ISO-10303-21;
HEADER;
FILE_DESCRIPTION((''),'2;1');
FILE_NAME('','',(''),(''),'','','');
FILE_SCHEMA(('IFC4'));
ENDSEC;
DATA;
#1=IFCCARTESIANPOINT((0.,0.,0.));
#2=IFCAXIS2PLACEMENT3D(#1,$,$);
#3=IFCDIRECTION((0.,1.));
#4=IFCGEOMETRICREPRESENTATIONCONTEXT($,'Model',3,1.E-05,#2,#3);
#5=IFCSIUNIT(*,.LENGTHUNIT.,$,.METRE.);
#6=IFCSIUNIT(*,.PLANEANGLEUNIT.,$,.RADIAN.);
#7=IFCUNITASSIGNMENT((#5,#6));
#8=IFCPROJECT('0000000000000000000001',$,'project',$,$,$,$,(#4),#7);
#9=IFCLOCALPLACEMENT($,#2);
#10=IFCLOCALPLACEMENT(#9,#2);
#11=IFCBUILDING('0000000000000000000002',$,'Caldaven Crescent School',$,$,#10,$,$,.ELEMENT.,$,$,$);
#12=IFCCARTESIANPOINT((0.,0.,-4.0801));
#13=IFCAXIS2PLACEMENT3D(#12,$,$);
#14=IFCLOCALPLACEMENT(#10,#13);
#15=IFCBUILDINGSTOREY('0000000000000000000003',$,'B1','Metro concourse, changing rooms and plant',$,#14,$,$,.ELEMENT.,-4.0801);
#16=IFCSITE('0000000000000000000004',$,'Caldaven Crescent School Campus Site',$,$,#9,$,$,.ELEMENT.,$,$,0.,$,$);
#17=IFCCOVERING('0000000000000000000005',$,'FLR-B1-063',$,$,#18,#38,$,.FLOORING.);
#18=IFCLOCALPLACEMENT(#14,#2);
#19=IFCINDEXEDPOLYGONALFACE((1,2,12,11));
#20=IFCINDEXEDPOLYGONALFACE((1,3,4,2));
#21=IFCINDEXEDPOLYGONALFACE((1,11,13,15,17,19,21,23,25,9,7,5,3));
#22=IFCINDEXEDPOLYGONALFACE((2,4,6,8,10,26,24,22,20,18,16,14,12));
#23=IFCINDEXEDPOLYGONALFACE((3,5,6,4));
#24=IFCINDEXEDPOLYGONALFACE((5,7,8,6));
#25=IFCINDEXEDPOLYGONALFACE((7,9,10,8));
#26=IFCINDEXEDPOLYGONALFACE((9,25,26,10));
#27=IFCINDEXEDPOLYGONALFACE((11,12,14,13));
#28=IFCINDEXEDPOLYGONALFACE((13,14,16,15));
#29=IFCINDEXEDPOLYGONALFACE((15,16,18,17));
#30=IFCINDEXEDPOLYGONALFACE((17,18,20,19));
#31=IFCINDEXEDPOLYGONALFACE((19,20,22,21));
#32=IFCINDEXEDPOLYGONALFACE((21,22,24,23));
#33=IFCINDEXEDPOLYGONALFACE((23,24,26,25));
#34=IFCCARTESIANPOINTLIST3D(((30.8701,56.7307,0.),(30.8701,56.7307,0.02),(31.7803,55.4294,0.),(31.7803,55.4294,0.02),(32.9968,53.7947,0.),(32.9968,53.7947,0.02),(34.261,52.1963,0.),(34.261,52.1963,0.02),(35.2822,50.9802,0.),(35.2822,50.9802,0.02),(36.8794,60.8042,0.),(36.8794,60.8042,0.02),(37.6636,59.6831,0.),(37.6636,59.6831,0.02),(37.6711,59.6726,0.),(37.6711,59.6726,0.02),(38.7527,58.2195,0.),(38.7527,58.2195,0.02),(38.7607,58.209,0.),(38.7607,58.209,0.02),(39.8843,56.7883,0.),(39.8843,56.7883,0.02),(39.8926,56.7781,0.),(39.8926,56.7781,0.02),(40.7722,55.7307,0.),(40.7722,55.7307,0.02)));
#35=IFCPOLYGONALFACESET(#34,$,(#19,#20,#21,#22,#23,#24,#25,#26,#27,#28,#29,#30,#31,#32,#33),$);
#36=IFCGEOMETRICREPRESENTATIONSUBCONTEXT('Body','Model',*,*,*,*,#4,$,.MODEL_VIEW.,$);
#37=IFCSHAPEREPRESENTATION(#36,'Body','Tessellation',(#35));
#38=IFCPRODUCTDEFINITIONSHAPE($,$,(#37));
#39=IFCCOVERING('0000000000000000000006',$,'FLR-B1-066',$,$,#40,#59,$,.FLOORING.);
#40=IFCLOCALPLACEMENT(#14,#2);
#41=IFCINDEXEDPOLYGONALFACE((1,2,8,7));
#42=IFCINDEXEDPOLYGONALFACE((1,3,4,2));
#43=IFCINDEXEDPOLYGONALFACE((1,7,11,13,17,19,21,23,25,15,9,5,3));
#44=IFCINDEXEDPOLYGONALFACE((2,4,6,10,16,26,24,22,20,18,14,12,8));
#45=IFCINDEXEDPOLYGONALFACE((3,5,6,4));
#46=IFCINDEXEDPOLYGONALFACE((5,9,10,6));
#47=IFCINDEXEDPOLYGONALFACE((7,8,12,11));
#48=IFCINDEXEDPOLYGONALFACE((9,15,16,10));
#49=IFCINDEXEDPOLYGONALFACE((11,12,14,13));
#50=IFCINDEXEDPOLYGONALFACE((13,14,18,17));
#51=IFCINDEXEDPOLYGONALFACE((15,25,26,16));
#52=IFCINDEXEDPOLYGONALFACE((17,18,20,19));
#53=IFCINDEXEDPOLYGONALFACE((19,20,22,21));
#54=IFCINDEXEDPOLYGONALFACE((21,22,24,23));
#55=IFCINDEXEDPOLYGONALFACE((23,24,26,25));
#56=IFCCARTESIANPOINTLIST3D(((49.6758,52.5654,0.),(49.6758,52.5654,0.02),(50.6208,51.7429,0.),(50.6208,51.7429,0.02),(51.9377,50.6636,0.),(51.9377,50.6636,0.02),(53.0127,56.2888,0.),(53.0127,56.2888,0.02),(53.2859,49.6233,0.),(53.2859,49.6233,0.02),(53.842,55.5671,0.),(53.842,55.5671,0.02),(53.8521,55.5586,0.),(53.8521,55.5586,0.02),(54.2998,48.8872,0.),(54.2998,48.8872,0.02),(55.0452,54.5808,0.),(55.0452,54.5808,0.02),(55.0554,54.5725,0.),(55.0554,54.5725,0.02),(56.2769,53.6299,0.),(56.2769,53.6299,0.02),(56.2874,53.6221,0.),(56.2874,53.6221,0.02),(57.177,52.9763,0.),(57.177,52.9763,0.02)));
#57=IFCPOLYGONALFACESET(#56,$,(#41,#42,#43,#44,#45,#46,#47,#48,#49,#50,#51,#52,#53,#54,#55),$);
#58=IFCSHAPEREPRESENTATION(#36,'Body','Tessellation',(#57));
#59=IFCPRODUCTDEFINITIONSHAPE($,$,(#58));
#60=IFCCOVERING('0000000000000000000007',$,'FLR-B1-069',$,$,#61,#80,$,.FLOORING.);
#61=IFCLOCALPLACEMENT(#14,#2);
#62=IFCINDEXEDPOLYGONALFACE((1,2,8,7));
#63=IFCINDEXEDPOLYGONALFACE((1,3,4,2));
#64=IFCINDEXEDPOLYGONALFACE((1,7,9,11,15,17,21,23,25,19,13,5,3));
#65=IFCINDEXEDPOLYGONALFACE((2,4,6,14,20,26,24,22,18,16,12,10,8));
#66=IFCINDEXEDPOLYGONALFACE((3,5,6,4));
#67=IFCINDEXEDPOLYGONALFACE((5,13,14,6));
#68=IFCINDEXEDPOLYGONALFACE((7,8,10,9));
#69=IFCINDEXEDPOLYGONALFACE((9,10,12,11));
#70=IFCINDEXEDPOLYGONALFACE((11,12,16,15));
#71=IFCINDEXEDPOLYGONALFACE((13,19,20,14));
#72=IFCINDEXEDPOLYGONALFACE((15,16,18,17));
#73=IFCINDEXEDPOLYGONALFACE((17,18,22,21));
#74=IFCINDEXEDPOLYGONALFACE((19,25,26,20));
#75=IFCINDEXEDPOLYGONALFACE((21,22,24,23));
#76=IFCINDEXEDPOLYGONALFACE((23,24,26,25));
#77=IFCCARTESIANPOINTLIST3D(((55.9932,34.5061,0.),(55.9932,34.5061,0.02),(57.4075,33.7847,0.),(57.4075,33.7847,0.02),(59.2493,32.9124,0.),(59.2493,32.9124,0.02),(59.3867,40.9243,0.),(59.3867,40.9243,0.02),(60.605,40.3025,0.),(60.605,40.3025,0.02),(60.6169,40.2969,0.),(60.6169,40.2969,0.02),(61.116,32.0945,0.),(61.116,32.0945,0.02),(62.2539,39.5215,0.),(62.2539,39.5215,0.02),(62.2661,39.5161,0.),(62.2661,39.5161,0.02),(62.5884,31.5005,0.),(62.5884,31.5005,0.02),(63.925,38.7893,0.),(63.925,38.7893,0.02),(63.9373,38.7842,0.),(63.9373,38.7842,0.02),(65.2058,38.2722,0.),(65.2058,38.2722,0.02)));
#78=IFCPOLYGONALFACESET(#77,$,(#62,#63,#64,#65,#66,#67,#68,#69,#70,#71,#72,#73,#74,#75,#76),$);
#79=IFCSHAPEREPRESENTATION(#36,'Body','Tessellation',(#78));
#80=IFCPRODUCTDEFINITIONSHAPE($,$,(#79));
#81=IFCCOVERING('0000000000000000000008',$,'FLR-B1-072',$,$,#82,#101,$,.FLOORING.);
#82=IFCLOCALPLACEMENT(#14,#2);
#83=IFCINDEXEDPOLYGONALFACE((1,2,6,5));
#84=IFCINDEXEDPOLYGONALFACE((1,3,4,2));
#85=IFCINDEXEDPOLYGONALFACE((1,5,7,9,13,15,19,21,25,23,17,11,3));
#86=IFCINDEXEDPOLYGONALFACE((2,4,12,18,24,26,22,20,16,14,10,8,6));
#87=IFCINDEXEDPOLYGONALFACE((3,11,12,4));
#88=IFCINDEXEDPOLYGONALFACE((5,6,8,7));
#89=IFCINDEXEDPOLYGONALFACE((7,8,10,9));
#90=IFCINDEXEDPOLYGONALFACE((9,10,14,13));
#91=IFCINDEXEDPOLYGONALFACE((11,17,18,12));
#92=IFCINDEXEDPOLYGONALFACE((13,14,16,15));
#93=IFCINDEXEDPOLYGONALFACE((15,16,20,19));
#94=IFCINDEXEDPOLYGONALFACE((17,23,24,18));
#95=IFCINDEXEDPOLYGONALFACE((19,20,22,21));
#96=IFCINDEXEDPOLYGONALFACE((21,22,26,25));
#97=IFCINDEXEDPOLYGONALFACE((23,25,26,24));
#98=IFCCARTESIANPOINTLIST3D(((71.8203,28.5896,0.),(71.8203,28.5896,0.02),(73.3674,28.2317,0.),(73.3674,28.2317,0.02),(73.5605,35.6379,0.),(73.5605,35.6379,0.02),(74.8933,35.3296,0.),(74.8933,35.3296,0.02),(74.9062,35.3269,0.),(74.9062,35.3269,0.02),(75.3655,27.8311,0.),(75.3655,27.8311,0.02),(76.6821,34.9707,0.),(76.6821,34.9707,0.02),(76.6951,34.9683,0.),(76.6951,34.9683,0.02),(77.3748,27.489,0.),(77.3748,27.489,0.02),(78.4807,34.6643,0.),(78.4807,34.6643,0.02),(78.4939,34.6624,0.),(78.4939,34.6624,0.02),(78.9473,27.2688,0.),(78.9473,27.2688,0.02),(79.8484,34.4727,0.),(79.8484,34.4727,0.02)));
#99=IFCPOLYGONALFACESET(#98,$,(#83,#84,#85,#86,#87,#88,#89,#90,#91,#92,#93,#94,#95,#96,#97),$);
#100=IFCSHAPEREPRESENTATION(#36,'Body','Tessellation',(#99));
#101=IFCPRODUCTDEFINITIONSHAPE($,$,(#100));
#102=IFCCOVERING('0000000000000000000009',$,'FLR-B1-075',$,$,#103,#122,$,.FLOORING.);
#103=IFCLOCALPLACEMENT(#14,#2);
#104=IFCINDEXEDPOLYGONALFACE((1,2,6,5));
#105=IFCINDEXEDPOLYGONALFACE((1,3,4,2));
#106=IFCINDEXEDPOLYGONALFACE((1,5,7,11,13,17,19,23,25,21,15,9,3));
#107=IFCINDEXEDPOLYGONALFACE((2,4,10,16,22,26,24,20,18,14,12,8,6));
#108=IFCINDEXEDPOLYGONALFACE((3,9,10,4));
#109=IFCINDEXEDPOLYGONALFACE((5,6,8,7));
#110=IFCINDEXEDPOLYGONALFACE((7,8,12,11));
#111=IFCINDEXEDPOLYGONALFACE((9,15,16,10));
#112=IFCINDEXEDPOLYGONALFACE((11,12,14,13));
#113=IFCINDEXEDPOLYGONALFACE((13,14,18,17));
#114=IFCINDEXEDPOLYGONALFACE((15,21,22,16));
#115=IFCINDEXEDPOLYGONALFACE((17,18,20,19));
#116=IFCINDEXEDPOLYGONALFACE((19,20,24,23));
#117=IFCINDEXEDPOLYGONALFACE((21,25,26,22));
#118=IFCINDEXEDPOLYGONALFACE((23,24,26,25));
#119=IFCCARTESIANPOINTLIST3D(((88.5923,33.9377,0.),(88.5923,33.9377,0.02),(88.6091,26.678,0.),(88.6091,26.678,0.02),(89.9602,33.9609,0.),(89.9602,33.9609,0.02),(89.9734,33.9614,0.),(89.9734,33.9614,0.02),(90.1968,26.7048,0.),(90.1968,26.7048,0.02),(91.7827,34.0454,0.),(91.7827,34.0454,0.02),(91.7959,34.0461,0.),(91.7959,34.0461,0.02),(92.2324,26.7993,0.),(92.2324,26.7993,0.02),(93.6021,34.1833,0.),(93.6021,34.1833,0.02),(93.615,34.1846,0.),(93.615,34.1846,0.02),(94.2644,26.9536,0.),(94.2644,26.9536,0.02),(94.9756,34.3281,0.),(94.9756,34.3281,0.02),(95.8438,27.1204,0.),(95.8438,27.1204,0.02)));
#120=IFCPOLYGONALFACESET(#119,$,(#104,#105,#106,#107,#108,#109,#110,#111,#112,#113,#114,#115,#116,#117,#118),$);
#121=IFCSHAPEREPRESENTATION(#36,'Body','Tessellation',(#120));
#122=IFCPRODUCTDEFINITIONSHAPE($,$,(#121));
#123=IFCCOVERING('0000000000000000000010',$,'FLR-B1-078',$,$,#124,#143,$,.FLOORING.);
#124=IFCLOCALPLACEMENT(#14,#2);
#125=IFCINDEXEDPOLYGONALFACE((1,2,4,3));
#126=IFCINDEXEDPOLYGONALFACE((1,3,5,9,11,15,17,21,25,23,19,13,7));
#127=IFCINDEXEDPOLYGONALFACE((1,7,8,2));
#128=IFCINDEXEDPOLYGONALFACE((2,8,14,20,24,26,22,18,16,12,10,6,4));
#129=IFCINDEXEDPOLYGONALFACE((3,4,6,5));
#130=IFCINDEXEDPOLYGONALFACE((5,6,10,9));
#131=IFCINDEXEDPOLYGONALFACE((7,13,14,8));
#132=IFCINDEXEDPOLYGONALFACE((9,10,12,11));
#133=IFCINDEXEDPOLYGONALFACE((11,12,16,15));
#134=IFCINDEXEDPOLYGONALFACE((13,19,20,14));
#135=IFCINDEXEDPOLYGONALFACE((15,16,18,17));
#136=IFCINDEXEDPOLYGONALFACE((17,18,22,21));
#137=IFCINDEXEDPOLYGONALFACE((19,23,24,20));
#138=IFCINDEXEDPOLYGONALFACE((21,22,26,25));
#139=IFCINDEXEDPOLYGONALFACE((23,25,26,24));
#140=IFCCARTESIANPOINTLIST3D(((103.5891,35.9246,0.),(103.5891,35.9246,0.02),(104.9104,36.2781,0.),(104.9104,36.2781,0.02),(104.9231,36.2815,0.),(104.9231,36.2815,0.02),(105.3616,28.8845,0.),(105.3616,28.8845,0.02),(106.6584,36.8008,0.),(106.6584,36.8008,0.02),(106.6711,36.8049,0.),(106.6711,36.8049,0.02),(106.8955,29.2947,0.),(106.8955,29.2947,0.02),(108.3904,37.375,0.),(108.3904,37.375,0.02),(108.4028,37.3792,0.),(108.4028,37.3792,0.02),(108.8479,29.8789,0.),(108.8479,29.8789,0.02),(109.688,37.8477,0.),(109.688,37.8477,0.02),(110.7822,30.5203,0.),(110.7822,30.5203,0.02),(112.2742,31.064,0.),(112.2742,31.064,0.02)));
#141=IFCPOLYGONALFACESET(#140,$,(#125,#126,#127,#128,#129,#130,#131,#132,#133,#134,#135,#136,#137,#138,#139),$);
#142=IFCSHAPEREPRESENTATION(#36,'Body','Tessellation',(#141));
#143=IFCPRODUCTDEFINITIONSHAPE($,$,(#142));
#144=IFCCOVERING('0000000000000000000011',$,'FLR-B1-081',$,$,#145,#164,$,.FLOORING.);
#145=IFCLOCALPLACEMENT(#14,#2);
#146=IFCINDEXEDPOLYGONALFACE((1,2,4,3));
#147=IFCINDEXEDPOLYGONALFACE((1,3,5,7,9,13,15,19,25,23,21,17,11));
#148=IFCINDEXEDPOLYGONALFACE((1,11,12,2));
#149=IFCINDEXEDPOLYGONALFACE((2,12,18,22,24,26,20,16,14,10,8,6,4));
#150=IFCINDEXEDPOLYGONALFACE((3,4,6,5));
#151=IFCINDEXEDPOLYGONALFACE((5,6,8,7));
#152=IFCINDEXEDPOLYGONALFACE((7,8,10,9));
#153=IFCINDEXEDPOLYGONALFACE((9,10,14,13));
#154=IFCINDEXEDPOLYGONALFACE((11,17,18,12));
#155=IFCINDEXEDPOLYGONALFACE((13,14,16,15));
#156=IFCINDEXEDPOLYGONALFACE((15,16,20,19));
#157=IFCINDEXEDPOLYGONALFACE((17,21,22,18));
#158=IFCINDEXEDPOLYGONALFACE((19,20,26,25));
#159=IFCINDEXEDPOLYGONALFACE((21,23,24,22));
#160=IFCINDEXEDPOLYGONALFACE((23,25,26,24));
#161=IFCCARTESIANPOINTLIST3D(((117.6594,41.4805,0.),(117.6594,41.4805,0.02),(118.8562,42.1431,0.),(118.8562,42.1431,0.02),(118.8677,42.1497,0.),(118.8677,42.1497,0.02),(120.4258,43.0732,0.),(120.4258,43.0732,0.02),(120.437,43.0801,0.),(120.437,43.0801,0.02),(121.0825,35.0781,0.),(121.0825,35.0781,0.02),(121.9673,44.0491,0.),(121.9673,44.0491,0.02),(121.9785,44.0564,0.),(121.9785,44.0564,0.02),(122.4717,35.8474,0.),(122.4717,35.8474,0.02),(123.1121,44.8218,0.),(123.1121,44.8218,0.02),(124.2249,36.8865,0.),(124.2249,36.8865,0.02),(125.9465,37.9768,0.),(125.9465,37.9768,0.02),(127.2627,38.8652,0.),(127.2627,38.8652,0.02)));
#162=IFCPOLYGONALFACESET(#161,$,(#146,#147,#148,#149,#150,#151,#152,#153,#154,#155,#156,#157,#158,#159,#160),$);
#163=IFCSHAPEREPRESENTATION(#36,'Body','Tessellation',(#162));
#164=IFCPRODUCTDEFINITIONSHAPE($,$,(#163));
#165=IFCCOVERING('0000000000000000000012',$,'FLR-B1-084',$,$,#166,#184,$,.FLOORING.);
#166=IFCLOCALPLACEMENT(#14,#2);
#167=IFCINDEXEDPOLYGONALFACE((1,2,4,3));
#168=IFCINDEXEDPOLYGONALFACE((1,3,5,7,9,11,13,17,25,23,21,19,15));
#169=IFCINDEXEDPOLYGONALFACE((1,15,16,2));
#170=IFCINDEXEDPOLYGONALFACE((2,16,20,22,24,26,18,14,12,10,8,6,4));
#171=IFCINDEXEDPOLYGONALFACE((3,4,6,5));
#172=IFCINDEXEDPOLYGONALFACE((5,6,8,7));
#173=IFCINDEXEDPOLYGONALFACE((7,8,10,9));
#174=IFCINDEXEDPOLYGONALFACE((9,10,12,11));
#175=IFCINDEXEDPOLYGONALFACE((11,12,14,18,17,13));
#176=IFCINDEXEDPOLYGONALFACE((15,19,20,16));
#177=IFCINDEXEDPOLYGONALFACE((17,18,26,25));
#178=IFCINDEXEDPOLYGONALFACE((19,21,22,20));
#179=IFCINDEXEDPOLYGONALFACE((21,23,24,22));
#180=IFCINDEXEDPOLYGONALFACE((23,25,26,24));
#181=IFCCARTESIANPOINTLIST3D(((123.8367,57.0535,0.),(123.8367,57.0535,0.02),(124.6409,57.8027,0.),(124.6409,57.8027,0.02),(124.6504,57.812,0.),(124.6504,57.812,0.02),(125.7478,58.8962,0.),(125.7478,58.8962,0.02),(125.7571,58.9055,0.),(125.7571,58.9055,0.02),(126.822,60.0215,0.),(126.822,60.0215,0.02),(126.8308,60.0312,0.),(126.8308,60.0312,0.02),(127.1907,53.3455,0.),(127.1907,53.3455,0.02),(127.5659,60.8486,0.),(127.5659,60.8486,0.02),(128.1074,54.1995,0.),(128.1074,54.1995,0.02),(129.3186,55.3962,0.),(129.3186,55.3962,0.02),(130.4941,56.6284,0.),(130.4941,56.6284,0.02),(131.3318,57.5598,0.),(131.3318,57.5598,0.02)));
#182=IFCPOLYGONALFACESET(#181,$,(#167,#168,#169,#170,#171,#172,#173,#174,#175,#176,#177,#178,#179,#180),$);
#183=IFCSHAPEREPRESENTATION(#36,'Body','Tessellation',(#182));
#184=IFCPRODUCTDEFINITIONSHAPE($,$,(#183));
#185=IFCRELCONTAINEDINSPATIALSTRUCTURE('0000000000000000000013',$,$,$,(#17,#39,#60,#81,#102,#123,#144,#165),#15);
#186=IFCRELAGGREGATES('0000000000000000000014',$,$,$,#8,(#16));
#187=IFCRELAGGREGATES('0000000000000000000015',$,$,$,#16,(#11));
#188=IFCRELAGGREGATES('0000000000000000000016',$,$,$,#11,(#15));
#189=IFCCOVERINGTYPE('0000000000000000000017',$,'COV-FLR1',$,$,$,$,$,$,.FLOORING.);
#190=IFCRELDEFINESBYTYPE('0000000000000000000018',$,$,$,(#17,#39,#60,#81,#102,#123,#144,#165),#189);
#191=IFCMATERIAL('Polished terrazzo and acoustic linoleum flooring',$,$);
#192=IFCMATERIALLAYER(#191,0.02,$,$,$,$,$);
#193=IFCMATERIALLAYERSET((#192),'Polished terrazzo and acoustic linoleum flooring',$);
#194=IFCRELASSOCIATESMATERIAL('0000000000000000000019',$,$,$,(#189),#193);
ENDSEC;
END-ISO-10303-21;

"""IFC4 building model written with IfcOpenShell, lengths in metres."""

from ifc_helpers import new_model, si_unit, direction, frame, origin, place, context, subcontext, project, spatial, polyline, outline, extrude, material, layer, layer_set, type_object, element, save


model = new_model("IFC4")

# Units and contexts
model_context = context("Model", 3, precision=1e-05, world=origin(), true_north=direction((0.0, 1.0)))
body_context = subcontext(model_context, "Body", "Model", "MODEL_VIEW")
ifc_project = project(units=[si_unit("LENGTHUNIT", "METRE"), si_unit("PLANEANGLEUNIT", "RADIAN")], contexts=[model_context])

# Site, building, storey
site_placement = place(None, origin())
site = spatial("IfcSite", under=ifc_project, at=site_placement, Name="Caldaven Crescent School Campus Site", CompositionType="ELEMENT", RefElevation=0.0)
building_placement = place(site_placement, origin())
building = spatial("IfcBuilding", under=site, at=building_placement, Name="Caldaven Crescent School", CompositionType="ELEMENT")
storey_placement = place(building_placement, frame((0.0, 0.0, -4.0801)))
storey = spatial("IfcBuildingStorey", under=building, at=storey_placement, Name="B1", Description="Metro concourse, changing rooms and plant", CompositionType="ELEMENT", Elevation=-4.0801)

# Coverings
ifc_material = material(Name="Polished terrazzo and acoustic linoleum flooring")
ifc_layer_1 = layer(ifc_material, 0.02)
ifc_layer_set_1 = layer_set([ifc_layer_1], Name="Polished terrazzo and acoustic linoleum flooring")
covering_type_1 = type_object("IfcCoveringType", Name="COV-FLR1", PredefinedType="FLOORING", material=ifc_layer_set_1)
covering_1_placement = place(storey_placement, origin())
element("IfcCovering", 1, at=covering_1_placement, inside=storey, type_object=covering_type_1, Name="FLR-B1-063", PredefinedType="FLOORING", context=body_context, shape_type="SweptSolid", body=[
    extrude(outline(polyline([(36.8794, 60.8042), (37.6636, 59.6831), (37.6711, 59.6726), (38.7527, 58.2195), (38.7607, 58.209), (39.8843, 56.7883), (39.8926, 56.7781), (40.7722, 55.7307), (35.2822, 50.9802), (34.261, 52.1963), (32.9968, 53.7947), (31.7803, 55.4294), (30.8701, 56.7307), (36.8794, 60.8042)])), origin(), (0.0, 0.0, 1.0), 0.02),
])
covering_2_placement = place(storey_placement, origin())
element("IfcCovering", 2, at=covering_2_placement, inside=storey, type_object=covering_type_1, Name="FLR-B1-066", PredefinedType="FLOORING", context=body_context, shape_type="SweptSolid", body=[
    extrude(outline(polyline([(53.0127, 56.2888), (53.842, 55.5671), (53.8521, 55.5586), (55.0452, 54.5808), (55.0554, 54.5725), (56.2769, 53.6299), (56.2874, 53.6221), (57.177, 52.9763), (54.2998, 48.8872), (53.2859, 49.6233), (51.9377, 50.6636), (50.6208, 51.7429), (49.6758, 52.5654), (53.0127, 56.2888)])), origin(), (0.0, 0.0, 1.0), 0.02),
])
covering_3_placement = place(storey_placement, origin())
element("IfcCovering", 3, at=covering_3_placement, inside=storey, type_object=covering_type_1, Name="FLR-B1-069", PredefinedType="FLOORING", context=body_context, shape_type="SweptSolid", body=[
    extrude(outline(polyline([(59.3867, 40.9243), (60.605, 40.3025), (60.6169, 40.2969), (62.2539, 39.5215), (62.2661, 39.5161), (63.925, 38.7893), (63.9373, 38.7842), (65.2058, 38.2722), (62.5884, 31.5005), (61.116, 32.0945), (59.2493, 32.9124), (57.4075, 33.7847), (55.9932, 34.5061), (59.3867, 40.9243)])), origin(), (0.0, 0.0, 1.0), 0.02),
])
covering_4_placement = place(storey_placement, origin())
element("IfcCovering", 4, at=covering_4_placement, inside=storey, type_object=covering_type_1, Name="FLR-B1-072", PredefinedType="FLOORING", context=body_context, shape_type="SweptSolid", body=[
    extrude(outline(polyline([(73.5605, 35.6379), (74.8933, 35.3296), (74.9062, 35.3269), (76.6821, 34.9707), (76.6951, 34.9683), (78.4807, 34.6643), (78.4939, 34.6624), (79.8484, 34.4727), (78.9473, 27.2688), (77.3748, 27.489), (75.3655, 27.8311), (73.3674, 28.2317), (71.8203, 28.5896), (73.5605, 35.6379)])), origin(), (0.0, 0.0, 1.0), 0.02),
])
covering_5_placement = place(storey_placement, origin())
element("IfcCovering", 5, at=covering_5_placement, inside=storey, type_object=covering_type_1, Name="FLR-B1-075", PredefinedType="FLOORING", context=body_context, shape_type="SweptSolid", body=[
    extrude(outline(polyline([(88.5923, 33.9377), (89.9602, 33.9609), (89.9734, 33.9614), (91.7827, 34.0454), (91.7959, 34.0461), (93.6021, 34.1833), (93.615, 34.1846), (94.9756, 34.3281), (95.8438, 27.1204), (94.2644, 26.9536), (92.2324, 26.7993), (90.1968, 26.7048), (88.6091, 26.678), (88.5923, 33.9377)])), origin(), (0.0, 0.0, 1.0), 0.02),
])
covering_6_placement = place(storey_placement, origin())
element("IfcCovering", 6, at=covering_6_placement, inside=storey, type_object=covering_type_1, Name="FLR-B1-078", PredefinedType="FLOORING", context=body_context, shape_type="SweptSolid", body=[
    extrude(outline(polyline([(103.5891, 35.9246), (104.9104, 36.2781), (104.9231, 36.2815), (106.6584, 36.8008), (106.6711, 36.8049), (108.3904, 37.375), (108.4028, 37.3792), (109.688, 37.8477), (112.2742, 31.064), (110.7822, 30.5203), (108.8479, 29.8789), (106.8955, 29.2947), (105.3616, 28.8845), (103.5891, 35.9246)])), origin(), (0.0, 0.0, 1.0), 0.02),
])
covering_7_placement = place(storey_placement, origin())
element("IfcCovering", 7, at=covering_7_placement, inside=storey, type_object=covering_type_1, Name="FLR-B1-081", PredefinedType="FLOORING", context=body_context, shape_type="SweptSolid", body=[
    extrude(outline(polyline([(117.6594, 41.4805), (118.8562, 42.1431), (118.8677, 42.1497), (120.4258, 43.0732), (120.437, 43.0801), (121.9673, 44.0491), (121.9785, 44.0564), (123.1121, 44.8218), (127.2627, 38.8652), (125.9465, 37.9768), (124.2249, 36.8865), (122.4717, 35.8474), (121.0825, 35.0781), (117.6594, 41.4805)])), origin(), (0.0, 0.0, 1.0), 0.02),
])
covering_8_placement = place(storey_placement, origin())
element("IfcCovering", 8, at=covering_8_placement, inside=storey, type_object=covering_type_1, Name="FLR-B1-084", PredefinedType="FLOORING", context=body_context, shape_type="SweptSolid", body=[
    extrude(outline(polyline([(123.8367, 57.0535), (124.6409, 57.8027), (124.6504, 57.812), (125.7478, 58.8962), (125.7571, 58.9055), (126.822, 60.0215), (126.8308, 60.0312), (127.5659, 60.8486), (131.3318, 57.5598), (130.4941, 56.6284), (129.3186, 55.3962), (128.1074, 54.1995), (127.1907, 53.3455), (123.8367, 57.0535)])), origin(), (0.0, 0.0, 1.0), 0.02),
])

save(model, "model.ifc")
